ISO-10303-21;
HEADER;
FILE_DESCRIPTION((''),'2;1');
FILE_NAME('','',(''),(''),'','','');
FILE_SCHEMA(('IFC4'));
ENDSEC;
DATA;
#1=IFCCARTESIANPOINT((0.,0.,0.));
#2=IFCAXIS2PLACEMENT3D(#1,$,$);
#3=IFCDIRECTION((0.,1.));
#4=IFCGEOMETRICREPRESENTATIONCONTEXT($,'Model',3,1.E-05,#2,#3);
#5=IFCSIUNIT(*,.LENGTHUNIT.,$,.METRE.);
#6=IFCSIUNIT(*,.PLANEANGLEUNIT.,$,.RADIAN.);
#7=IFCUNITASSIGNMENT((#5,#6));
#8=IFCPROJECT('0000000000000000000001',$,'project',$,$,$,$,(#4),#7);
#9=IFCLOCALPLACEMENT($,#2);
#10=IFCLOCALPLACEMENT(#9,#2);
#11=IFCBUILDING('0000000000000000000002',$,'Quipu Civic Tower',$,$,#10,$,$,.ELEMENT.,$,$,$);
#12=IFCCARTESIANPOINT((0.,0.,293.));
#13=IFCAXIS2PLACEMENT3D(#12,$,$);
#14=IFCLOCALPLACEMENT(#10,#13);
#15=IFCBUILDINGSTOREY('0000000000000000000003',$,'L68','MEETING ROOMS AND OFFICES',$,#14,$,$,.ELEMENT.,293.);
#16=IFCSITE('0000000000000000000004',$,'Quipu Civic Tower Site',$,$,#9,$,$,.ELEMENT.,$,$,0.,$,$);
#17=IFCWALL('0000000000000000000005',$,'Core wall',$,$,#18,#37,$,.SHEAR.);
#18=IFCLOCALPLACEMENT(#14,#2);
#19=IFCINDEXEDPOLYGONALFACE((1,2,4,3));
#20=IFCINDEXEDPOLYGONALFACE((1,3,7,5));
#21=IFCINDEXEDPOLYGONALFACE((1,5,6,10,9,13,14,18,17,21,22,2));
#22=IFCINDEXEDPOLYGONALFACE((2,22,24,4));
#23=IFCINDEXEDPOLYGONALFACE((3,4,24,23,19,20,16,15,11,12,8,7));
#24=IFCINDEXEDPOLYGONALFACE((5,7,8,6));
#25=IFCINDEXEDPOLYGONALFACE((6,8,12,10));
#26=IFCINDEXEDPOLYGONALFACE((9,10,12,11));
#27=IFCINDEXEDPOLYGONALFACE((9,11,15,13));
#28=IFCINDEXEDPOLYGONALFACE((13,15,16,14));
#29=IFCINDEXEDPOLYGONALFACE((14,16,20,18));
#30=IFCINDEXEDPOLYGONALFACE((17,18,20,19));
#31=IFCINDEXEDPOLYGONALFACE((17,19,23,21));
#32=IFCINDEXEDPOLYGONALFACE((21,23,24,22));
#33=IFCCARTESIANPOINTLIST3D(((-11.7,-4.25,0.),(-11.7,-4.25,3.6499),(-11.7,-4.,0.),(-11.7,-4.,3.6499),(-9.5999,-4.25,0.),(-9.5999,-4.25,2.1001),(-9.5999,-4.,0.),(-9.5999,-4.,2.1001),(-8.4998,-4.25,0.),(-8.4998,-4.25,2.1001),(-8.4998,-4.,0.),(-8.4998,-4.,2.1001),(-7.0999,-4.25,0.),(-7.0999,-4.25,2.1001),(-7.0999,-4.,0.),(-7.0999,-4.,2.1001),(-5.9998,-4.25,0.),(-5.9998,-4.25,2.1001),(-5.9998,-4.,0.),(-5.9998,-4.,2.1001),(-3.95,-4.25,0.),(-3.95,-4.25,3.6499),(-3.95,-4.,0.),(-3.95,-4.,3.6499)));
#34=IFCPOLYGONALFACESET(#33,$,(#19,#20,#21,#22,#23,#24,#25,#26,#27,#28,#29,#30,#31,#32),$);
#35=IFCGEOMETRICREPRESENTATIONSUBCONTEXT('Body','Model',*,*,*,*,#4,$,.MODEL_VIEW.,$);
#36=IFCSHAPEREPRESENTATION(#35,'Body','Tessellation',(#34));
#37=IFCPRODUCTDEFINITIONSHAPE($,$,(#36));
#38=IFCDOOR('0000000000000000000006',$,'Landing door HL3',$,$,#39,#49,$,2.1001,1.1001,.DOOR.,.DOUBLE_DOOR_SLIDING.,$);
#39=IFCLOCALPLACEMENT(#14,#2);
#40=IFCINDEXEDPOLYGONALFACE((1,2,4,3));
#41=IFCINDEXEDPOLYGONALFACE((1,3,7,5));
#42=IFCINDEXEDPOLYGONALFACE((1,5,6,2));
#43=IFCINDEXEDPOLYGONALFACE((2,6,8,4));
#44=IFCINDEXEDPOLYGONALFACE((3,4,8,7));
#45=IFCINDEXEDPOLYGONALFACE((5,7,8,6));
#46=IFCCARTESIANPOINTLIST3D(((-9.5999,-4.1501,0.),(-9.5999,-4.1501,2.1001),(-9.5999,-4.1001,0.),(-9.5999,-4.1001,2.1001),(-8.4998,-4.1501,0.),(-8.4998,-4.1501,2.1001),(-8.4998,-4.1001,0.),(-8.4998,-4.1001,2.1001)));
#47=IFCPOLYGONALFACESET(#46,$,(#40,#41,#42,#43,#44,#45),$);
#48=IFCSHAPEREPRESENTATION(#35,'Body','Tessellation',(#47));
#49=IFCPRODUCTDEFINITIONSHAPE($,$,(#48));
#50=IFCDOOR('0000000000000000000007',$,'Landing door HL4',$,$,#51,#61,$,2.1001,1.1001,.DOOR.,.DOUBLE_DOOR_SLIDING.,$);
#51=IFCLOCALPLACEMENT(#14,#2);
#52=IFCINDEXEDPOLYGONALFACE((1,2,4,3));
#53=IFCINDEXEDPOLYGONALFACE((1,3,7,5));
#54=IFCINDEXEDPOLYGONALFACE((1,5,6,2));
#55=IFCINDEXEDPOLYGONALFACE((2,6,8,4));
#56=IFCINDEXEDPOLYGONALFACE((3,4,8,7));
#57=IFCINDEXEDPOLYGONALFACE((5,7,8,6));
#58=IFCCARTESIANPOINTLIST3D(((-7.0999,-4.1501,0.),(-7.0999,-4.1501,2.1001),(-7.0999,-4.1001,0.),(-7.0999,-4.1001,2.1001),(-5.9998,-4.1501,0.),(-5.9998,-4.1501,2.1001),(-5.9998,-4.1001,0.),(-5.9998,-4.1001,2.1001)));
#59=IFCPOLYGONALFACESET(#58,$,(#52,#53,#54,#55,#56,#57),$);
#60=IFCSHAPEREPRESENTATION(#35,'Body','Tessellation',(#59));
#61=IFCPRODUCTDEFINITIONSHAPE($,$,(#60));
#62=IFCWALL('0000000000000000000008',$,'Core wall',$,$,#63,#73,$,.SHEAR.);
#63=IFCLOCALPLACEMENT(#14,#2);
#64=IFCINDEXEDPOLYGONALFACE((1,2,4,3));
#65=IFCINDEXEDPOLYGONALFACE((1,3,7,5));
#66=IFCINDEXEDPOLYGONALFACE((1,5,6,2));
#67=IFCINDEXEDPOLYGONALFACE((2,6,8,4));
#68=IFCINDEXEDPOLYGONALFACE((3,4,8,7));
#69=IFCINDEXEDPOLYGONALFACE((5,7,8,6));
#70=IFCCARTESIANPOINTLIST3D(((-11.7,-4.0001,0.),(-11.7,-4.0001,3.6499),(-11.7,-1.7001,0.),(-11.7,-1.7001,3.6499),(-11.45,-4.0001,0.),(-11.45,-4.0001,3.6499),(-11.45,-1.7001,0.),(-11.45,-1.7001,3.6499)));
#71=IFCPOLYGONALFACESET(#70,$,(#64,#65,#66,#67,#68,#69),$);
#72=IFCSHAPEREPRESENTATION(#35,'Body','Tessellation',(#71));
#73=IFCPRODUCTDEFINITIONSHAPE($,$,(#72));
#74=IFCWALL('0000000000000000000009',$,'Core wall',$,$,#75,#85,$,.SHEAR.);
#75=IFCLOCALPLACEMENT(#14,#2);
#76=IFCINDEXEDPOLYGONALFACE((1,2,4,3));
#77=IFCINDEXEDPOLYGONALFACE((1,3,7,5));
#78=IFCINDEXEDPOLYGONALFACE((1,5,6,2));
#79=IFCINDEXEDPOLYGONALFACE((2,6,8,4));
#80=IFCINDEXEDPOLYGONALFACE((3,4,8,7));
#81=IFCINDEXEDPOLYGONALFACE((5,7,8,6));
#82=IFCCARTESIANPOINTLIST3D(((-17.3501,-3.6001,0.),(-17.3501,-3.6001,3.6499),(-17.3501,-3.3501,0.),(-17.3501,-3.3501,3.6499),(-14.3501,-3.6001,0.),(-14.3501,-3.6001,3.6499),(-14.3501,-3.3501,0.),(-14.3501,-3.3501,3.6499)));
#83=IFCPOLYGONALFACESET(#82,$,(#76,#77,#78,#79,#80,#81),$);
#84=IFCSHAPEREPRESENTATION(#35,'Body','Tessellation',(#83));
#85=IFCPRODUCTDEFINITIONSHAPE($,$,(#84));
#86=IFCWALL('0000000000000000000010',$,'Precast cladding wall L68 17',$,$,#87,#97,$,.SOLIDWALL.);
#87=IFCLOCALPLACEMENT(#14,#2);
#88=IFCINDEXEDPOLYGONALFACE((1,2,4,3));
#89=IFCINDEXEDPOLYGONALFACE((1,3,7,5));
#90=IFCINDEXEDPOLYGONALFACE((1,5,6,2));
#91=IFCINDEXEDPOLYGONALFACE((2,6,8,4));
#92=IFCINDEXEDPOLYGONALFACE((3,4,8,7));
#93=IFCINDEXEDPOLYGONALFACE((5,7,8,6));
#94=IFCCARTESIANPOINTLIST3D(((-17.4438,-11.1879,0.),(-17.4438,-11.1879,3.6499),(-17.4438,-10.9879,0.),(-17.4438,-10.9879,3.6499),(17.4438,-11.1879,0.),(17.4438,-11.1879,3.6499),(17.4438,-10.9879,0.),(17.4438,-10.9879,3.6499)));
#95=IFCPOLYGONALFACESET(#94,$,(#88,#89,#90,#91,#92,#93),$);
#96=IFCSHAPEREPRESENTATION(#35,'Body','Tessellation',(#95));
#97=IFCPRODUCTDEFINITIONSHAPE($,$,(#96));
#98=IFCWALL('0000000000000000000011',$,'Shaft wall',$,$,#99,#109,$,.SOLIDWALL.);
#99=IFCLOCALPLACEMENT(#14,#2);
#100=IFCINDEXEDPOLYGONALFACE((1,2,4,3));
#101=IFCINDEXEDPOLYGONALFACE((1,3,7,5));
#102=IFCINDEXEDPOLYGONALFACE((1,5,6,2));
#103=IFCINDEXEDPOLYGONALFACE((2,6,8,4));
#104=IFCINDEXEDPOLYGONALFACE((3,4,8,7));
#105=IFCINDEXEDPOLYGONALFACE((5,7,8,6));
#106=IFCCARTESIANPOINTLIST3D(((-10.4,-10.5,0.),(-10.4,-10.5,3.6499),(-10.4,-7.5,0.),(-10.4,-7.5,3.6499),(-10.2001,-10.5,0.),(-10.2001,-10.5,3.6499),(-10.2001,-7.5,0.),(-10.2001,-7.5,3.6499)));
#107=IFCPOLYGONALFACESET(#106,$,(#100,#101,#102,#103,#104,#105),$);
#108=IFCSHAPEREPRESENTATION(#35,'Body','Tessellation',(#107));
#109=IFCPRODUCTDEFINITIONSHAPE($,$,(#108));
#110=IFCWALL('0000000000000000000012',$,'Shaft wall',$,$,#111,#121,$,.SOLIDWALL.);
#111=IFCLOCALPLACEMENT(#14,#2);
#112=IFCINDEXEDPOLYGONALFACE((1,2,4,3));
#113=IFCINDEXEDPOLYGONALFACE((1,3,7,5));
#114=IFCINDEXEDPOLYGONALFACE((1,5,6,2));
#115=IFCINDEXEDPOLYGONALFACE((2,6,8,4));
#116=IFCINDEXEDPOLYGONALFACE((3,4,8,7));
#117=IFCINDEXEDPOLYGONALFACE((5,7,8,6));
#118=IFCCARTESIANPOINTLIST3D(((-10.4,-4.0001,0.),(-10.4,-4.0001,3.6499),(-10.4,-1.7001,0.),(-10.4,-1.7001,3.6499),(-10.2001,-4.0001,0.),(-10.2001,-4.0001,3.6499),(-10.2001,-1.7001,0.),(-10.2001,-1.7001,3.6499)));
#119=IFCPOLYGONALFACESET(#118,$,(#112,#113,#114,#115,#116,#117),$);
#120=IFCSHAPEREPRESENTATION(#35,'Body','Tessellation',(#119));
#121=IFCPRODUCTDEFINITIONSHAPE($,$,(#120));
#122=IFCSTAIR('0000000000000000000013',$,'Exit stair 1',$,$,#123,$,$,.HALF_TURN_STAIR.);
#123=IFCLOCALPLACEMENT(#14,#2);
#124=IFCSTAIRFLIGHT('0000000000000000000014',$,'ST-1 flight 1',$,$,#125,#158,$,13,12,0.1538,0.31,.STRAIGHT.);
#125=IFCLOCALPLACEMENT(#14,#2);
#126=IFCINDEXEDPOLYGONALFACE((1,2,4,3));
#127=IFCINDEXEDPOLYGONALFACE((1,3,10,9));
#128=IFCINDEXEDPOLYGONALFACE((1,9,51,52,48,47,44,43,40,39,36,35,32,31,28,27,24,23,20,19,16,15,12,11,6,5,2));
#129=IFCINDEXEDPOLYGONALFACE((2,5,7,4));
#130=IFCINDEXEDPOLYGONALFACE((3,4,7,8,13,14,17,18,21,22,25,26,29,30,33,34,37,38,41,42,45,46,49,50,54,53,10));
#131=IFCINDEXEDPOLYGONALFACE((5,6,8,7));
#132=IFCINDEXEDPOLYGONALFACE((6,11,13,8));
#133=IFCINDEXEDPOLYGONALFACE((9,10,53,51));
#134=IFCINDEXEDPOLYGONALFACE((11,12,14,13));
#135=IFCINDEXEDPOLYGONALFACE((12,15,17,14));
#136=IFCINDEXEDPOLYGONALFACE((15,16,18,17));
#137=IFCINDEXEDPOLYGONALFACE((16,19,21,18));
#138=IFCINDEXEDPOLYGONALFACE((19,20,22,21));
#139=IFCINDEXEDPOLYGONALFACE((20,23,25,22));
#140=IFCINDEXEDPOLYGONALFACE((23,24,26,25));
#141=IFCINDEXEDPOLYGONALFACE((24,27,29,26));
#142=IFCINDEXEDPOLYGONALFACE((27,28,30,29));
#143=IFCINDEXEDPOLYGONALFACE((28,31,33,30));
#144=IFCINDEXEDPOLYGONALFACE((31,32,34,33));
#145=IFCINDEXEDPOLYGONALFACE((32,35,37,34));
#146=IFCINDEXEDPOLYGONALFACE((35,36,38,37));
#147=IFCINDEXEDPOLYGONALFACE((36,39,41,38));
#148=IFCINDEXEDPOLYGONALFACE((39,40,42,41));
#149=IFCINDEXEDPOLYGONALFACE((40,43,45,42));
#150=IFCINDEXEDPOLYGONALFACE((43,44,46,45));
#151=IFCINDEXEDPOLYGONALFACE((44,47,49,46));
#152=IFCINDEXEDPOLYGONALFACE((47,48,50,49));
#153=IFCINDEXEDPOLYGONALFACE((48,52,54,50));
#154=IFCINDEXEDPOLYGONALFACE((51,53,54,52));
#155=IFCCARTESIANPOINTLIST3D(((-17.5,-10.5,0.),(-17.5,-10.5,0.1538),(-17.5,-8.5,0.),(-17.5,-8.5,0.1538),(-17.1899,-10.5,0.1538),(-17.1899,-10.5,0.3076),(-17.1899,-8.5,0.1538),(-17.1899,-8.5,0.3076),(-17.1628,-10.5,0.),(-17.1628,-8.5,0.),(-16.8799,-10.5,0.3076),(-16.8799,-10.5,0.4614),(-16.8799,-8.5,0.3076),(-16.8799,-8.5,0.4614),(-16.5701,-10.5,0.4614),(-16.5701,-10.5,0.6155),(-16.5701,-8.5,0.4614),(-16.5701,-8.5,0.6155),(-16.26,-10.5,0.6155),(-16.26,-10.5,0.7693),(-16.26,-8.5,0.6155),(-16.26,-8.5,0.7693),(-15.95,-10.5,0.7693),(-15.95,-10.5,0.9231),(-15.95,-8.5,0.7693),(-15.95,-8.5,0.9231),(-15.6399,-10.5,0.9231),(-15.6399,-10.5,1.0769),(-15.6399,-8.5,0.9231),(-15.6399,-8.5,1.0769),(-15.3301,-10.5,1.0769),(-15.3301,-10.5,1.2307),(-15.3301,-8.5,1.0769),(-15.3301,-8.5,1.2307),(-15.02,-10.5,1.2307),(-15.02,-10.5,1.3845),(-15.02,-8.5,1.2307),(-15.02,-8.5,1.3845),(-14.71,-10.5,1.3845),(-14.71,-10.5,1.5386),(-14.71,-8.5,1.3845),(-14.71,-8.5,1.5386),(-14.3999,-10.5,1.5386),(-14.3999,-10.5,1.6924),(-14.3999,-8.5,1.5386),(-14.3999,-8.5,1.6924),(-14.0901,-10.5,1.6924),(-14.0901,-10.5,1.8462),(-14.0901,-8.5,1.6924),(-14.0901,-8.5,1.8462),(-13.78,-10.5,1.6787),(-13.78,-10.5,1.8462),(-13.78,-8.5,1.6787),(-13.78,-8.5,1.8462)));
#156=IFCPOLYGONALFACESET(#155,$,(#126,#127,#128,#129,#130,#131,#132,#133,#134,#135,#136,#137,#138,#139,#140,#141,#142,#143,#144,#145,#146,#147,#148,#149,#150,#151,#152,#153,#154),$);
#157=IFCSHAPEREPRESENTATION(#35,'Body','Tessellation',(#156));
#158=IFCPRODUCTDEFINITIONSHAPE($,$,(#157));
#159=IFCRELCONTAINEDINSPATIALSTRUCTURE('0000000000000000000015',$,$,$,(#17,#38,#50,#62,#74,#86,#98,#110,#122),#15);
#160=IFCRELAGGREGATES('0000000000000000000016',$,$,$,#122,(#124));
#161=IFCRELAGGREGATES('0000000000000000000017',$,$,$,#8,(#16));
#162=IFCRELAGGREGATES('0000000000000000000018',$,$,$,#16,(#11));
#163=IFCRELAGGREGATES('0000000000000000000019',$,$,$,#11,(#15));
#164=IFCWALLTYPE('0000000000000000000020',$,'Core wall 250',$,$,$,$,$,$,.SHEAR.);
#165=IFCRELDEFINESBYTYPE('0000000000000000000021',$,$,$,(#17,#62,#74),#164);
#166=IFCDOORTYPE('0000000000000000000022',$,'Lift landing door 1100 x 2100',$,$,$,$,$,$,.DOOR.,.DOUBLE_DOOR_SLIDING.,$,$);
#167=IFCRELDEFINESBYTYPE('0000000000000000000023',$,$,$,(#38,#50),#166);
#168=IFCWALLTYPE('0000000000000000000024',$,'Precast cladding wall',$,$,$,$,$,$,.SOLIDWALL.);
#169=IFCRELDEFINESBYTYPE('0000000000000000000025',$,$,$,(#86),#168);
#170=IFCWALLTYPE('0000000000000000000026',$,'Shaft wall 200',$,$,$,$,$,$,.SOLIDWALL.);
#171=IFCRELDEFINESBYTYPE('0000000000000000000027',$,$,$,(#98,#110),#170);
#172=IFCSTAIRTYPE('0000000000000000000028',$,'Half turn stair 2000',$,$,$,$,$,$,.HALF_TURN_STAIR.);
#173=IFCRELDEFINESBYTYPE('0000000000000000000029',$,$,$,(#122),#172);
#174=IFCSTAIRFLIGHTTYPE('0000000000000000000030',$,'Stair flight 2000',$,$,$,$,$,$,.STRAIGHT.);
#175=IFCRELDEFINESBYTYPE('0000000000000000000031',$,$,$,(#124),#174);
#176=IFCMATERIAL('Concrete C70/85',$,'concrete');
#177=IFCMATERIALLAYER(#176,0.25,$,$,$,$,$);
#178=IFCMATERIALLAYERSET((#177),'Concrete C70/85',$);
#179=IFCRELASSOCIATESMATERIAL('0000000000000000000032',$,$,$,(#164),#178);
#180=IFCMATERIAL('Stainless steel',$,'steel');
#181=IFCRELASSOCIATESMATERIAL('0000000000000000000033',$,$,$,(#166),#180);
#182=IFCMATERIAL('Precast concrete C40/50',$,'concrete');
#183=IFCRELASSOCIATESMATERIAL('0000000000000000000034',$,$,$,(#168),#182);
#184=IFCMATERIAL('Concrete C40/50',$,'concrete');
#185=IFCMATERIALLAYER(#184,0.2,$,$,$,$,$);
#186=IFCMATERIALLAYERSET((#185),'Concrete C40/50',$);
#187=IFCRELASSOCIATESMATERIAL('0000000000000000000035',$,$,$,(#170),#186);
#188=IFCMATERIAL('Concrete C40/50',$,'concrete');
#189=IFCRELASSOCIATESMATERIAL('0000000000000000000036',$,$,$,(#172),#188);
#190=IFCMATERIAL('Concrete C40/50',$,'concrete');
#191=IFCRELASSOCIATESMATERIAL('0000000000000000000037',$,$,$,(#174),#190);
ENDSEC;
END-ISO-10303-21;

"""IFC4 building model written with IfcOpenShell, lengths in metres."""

from ifc_helpers import new_model, si_unit, direction, frame, frame_2d, origin, place, context, subcontext, project, spatial, polyline, rectangle, outline, extrude, material, layer, layer_set, type_object, element, fill, aggregate, save


model = new_model("IFC4")

# Units and contexts
model_context = context("Model", 3, precision=1e-05, world=origin(), true_north=direction((0.0, 1.0)))
body_context = subcontext(model_context, "Body", "Model", "MODEL_VIEW")
ifc_project = project(units=[si_unit("LENGTHUNIT", "METRE"), si_unit("PLANEANGLEUNIT", "RADIAN")], contexts=[model_context])

# Site, building, storey
site_placement = place(None, origin())
site = spatial("IfcSite", under=ifc_project, at=site_placement, Name="Quipu Civic Tower Site", CompositionType="ELEMENT", RefElevation=0.0)
building_placement = place(site_placement, origin())
building = spatial("IfcBuilding", under=site, at=building_placement, Name="Quipu Civic Tower", CompositionType="ELEMENT")
storey_placement = place(building_placement, frame((0.0, 0.0, 293.0)))
storey = spatial("IfcBuildingStorey", under=building, at=storey_placement, Name="L68", Description="MEETING ROOMS AND OFFICES", CompositionType="ELEMENT", Elevation=293.0)

# Shared definitions
ifc_material_1 = material(Name="Concrete C70/85", Category="concrete")
ifc_layer_1 = layer(ifc_material_1, 0.25)
ifc_layer_set_1 = layer_set([ifc_layer_1], Name="Concrete C70/85")
wall_type_1 = type_object("IfcWallType", Name="Core wall 250", PredefinedType="SHEAR", material=ifc_layer_set_1)

# Wall, openings, doors
wall_1_placement = place(storey_placement, frame((-11.7, -4.125, 0.0), z_axis=(0.0, 0.0, 1.0), x_axis=(1.0, 0.0, 0.0)))
wall_1 = element("IfcWall", 1, at=wall_1_placement, inside=storey, type_object=wall_type_1, Name="Core wall", PredefinedType="SHEAR", context=body_context, shape_type="SweptSolid", body=[
    extrude(rectangle(XDim=7.75, YDim=0.25, at=frame_2d((3.875, 0.0))), origin(), (0.0, 0.0, 1.0), 3.6499),
])
opening_1_placement = place(wall_1_placement, frame((2.1001, 0.0, 0.0)))
opening_1 = element("IfcOpeningElement", 2, at=opening_1_placement, cuts=wall_1, PredefinedType="OPENING", context=body_context, shape_type="SweptSolid", body=[
    extrude(rectangle(XDim=1.1001, YDim=2.1001, at=frame_2d((0.55, 1.05))), frame((0.0, 0.135, 0.0), z_axis=(0.0, -1.0, 0.0), x_axis=(1.0, 0.0, 0.0)), (0.0, 0.0, 1.0), 0.27),
])
opening_2_placement = place(wall_1_placement, frame((4.6001, 0.0, 0.0)))
opening_2 = element("IfcOpeningElement", 3, at=opening_2_placement, cuts=wall_1, PredefinedType="OPENING", context=body_context, shape_type="SweptSolid", body=[
    extrude(rectangle(XDim=1.1001, YDim=2.1001, at=frame_2d((0.55, 1.05))), frame((0.0, 0.135, 0.0), z_axis=(0.0, -1.0, 0.0), x_axis=(1.0, 0.0, 0.0)), (0.0, 0.0, 1.0), 0.27),
])
ifc_material_2 = material(Name="Stainless steel", Category="steel")
door_type_1 = type_object("IfcDoorType", Name="Lift landing door 1100 x 2100", OperationType="DOUBLE_DOOR_SLIDING", PredefinedType="DOOR", material=ifc_material_2)
door_1_placement = place(opening_1_placement, origin())
door_1 = element("IfcDoor", 4, at=door_1_placement, inside=storey, type_object=door_type_1, Name="Landing door HL3", OperationType="DOUBLE_DOOR_SLIDING", OverallHeight=2.1001, OverallWidth=1.1001, PredefinedType="DOOR", context=body_context, shape_type="SweptSolid", body=[
    extrude(rectangle(XDim=1.1001, YDim=2.1001, at=frame_2d((0.55, 1.05))), frame((0.0, 0.0249, 0.0), z_axis=(0.0, -1.0, 0.0), x_axis=(1.0, 0.0, 0.0)), (0.0, 0.0, 1.0), 0.05),
])
fill(opening_1, door_1)
door_2_placement = place(opening_2_placement, origin())
door_2 = element("IfcDoor", 5, at=door_2_placement, inside=storey, type_object=door_type_1, Name="Landing door HL4", OperationType="DOUBLE_DOOR_SLIDING", OverallHeight=2.1001, OverallWidth=1.1001, PredefinedType="DOOR", context=body_context, shape_type="SweptSolid", body=[
    extrude(rectangle(XDim=1.1001, YDim=2.1001, at=frame_2d((0.55, 1.05))), frame((0.0, 0.0249, 0.0), z_axis=(0.0, -1.0, 0.0), x_axis=(1.0, 0.0, 0.0)), (0.0, 0.0, 1.0), 0.05),
])
fill(opening_2, door_2)

# Walls
wall_2_placement = place(storey_placement, frame((-11.575, -4.0, 0.0), z_axis=(0.0, 0.0, 1.0), x_axis=(0.0, 1.0, 0.0)))
element("IfcWall", 6, at=wall_2_placement, inside=storey, type_object=wall_type_1, Name="Core wall", PredefinedType="SHEAR", context=body_context, shape_type="SweptSolid", body=[
    extrude(rectangle(XDim=2.3, YDim=0.25, at=frame_2d((1.1499, 0.0))), origin(), (0.0, 0.0, 1.0), 3.6499),
])
wall_3_placement = place(storey_placement, frame((-17.3501, -3.4751, 0.0), z_axis=(0.0, 0.0, 1.0), x_axis=(1.0, 0.0, 0.0)))
element("IfcWall", 7, at=wall_3_placement, inside=storey, type_object=wall_type_1, Name="Core wall", PredefinedType="SHEAR", context=body_context, shape_type="SweptSolid", body=[
    extrude(rectangle(XDim=3.0, YDim=0.25, at=frame_2d((1.5, 0.0))), origin(), (0.0, 0.0, 1.0), 3.6499),
])
ifc_material_3 = material(Name="Precast concrete C40/50", Category="concrete")
wall_type_2 = type_object("IfcWallType", Name="Precast cladding wall", PredefinedType="SOLIDWALL", material=ifc_material_3)
wall_4_placement = place(storey_placement, frame((-17.4438, -11.0879, 0.0), z_axis=(0.0, 0.0, 1.0), x_axis=(1.0, 0.0, 0.0)))
element("IfcWall", 8, at=wall_4_placement, inside=storey, type_object=wall_type_2, Name="Precast cladding wall L68 17", PredefinedType="SOLIDWALL", context=body_context, shape_type="SweptSolid", body=[
    extrude(rectangle(XDim=34.8877, YDim=0.2, at=frame_2d((17.4438, 0.0))), origin(), (0.0, 0.0, 1.0), 3.6499),
])
ifc_material_4 = material(Name="Concrete C40/50", Category="concrete")
ifc_layer_2 = layer(ifc_material_4, 0.2)
ifc_layer_set_2 = layer_set([ifc_layer_2], Name="Concrete C40/50")
wall_type_3 = type_object("IfcWallType", Name="Shaft wall 200", PredefinedType="SOLIDWALL", material=ifc_layer_set_2)
wall_5_placement = place(storey_placement, frame((-10.3, -10.5, 0.0), z_axis=(0.0, 0.0, 1.0), x_axis=(0.0, 1.0, 0.0)))
element("IfcWall", 9, at=wall_5_placement, inside=storey, type_object=wall_type_3, Name="Shaft wall", PredefinedType="SOLIDWALL", context=body_context, shape_type="SweptSolid", body=[
    extrude(rectangle(XDim=3.0, YDim=0.2, at=frame_2d((1.5, 0.0))), origin(), (0.0, 0.0, 1.0), 3.6499),
])
wall_6_placement = place(storey_placement, frame((-10.3, -4.0, 0.0), z_axis=(0.0, 0.0, 1.0), x_axis=(0.0, 1.0, 0.0)))
element("IfcWall", 10, at=wall_6_placement, inside=storey, type_object=wall_type_3, Name="Shaft wall", PredefinedType="SOLIDWALL", context=body_context, shape_type="SweptSolid", body=[
    extrude(rectangle(XDim=2.3, YDim=0.2, at=frame_2d((1.1499, 0.0))), origin(), (0.0, 0.0, 1.0), 3.6499),
])

# Stair, stair flight
ifc_material_5 = material(Name="Concrete C40/50", Category="concrete")
stair_type = type_object("IfcStairType", Name="Half turn stair 2000", PredefinedType="HALF_TURN_STAIR", material=ifc_material_5)
stair_placement = place(storey_placement, origin())
stair = element("IfcStair", 11, at=stair_placement, inside=storey, type_object=stair_type, Name="Exit stair 1", PredefinedType="HALF_TURN_STAIR")
ifc_material_6 = material(Name="Concrete C40/50", Category="concrete")
stair_flight_type = type_object("IfcStairFlightType", Name="Stair flight 2000", PredefinedType="STRAIGHT", material=ifc_material_6)
stair_flight_1_placement = place(storey_placement, frame((-17.5, -9.5, 0.0), z_axis=(0.0, 0.0, 1.0), x_axis=(1.0, 0.0, 0.0)))
stair_flight_1 = element("IfcStairFlight", 12, at=stair_flight_1_placement, type_object=stair_flight_type, Name="ST-1 flight 1", NumberOfRisers=13, NumberOfTreads=12, PredefinedType="STRAIGHT", RiserHeight=0.1538, TreadLength=0.31, context=body_context, shape_type="SweptSolid", body=[
    extrude(outline(polyline([(0.0, 0.0), (0.0, 0.1538), (0.3101, 0.1538), (0.3101, 0.3076), (0.6201, 0.3076), (0.6201, 0.4614), (0.9299, 0.4614), (0.9299, 0.6155), (1.24, 0.6155), (1.24, 0.7693), (1.55, 0.7693), (1.55, 0.9231), (1.8601, 0.9231), (1.8601, 1.0769), (2.1699, 1.0769), (2.1699, 1.2307), (2.48, 1.2307), (2.48, 1.3845), (2.79, 1.3845), (2.79, 1.5386), (3.1001, 1.5386), (3.1001, 1.6924), (3.4099, 1.6924), (3.4099, 1.8462), (3.72, 1.8462), (3.72, 2.0), (3.72, 1.6787), (0.3372, 0.0), (0.0, 0.0)])), frame((0.0, 1.0, 0.0), z_axis=(0.0, -1.0, 0.0), x_axis=(1.0, 0.0, 0.0)), (0.0, 0.0, 1.0), 2.0),
])
aggregate(stair, [stair_flight_1])

save(model, "model.ifc")
